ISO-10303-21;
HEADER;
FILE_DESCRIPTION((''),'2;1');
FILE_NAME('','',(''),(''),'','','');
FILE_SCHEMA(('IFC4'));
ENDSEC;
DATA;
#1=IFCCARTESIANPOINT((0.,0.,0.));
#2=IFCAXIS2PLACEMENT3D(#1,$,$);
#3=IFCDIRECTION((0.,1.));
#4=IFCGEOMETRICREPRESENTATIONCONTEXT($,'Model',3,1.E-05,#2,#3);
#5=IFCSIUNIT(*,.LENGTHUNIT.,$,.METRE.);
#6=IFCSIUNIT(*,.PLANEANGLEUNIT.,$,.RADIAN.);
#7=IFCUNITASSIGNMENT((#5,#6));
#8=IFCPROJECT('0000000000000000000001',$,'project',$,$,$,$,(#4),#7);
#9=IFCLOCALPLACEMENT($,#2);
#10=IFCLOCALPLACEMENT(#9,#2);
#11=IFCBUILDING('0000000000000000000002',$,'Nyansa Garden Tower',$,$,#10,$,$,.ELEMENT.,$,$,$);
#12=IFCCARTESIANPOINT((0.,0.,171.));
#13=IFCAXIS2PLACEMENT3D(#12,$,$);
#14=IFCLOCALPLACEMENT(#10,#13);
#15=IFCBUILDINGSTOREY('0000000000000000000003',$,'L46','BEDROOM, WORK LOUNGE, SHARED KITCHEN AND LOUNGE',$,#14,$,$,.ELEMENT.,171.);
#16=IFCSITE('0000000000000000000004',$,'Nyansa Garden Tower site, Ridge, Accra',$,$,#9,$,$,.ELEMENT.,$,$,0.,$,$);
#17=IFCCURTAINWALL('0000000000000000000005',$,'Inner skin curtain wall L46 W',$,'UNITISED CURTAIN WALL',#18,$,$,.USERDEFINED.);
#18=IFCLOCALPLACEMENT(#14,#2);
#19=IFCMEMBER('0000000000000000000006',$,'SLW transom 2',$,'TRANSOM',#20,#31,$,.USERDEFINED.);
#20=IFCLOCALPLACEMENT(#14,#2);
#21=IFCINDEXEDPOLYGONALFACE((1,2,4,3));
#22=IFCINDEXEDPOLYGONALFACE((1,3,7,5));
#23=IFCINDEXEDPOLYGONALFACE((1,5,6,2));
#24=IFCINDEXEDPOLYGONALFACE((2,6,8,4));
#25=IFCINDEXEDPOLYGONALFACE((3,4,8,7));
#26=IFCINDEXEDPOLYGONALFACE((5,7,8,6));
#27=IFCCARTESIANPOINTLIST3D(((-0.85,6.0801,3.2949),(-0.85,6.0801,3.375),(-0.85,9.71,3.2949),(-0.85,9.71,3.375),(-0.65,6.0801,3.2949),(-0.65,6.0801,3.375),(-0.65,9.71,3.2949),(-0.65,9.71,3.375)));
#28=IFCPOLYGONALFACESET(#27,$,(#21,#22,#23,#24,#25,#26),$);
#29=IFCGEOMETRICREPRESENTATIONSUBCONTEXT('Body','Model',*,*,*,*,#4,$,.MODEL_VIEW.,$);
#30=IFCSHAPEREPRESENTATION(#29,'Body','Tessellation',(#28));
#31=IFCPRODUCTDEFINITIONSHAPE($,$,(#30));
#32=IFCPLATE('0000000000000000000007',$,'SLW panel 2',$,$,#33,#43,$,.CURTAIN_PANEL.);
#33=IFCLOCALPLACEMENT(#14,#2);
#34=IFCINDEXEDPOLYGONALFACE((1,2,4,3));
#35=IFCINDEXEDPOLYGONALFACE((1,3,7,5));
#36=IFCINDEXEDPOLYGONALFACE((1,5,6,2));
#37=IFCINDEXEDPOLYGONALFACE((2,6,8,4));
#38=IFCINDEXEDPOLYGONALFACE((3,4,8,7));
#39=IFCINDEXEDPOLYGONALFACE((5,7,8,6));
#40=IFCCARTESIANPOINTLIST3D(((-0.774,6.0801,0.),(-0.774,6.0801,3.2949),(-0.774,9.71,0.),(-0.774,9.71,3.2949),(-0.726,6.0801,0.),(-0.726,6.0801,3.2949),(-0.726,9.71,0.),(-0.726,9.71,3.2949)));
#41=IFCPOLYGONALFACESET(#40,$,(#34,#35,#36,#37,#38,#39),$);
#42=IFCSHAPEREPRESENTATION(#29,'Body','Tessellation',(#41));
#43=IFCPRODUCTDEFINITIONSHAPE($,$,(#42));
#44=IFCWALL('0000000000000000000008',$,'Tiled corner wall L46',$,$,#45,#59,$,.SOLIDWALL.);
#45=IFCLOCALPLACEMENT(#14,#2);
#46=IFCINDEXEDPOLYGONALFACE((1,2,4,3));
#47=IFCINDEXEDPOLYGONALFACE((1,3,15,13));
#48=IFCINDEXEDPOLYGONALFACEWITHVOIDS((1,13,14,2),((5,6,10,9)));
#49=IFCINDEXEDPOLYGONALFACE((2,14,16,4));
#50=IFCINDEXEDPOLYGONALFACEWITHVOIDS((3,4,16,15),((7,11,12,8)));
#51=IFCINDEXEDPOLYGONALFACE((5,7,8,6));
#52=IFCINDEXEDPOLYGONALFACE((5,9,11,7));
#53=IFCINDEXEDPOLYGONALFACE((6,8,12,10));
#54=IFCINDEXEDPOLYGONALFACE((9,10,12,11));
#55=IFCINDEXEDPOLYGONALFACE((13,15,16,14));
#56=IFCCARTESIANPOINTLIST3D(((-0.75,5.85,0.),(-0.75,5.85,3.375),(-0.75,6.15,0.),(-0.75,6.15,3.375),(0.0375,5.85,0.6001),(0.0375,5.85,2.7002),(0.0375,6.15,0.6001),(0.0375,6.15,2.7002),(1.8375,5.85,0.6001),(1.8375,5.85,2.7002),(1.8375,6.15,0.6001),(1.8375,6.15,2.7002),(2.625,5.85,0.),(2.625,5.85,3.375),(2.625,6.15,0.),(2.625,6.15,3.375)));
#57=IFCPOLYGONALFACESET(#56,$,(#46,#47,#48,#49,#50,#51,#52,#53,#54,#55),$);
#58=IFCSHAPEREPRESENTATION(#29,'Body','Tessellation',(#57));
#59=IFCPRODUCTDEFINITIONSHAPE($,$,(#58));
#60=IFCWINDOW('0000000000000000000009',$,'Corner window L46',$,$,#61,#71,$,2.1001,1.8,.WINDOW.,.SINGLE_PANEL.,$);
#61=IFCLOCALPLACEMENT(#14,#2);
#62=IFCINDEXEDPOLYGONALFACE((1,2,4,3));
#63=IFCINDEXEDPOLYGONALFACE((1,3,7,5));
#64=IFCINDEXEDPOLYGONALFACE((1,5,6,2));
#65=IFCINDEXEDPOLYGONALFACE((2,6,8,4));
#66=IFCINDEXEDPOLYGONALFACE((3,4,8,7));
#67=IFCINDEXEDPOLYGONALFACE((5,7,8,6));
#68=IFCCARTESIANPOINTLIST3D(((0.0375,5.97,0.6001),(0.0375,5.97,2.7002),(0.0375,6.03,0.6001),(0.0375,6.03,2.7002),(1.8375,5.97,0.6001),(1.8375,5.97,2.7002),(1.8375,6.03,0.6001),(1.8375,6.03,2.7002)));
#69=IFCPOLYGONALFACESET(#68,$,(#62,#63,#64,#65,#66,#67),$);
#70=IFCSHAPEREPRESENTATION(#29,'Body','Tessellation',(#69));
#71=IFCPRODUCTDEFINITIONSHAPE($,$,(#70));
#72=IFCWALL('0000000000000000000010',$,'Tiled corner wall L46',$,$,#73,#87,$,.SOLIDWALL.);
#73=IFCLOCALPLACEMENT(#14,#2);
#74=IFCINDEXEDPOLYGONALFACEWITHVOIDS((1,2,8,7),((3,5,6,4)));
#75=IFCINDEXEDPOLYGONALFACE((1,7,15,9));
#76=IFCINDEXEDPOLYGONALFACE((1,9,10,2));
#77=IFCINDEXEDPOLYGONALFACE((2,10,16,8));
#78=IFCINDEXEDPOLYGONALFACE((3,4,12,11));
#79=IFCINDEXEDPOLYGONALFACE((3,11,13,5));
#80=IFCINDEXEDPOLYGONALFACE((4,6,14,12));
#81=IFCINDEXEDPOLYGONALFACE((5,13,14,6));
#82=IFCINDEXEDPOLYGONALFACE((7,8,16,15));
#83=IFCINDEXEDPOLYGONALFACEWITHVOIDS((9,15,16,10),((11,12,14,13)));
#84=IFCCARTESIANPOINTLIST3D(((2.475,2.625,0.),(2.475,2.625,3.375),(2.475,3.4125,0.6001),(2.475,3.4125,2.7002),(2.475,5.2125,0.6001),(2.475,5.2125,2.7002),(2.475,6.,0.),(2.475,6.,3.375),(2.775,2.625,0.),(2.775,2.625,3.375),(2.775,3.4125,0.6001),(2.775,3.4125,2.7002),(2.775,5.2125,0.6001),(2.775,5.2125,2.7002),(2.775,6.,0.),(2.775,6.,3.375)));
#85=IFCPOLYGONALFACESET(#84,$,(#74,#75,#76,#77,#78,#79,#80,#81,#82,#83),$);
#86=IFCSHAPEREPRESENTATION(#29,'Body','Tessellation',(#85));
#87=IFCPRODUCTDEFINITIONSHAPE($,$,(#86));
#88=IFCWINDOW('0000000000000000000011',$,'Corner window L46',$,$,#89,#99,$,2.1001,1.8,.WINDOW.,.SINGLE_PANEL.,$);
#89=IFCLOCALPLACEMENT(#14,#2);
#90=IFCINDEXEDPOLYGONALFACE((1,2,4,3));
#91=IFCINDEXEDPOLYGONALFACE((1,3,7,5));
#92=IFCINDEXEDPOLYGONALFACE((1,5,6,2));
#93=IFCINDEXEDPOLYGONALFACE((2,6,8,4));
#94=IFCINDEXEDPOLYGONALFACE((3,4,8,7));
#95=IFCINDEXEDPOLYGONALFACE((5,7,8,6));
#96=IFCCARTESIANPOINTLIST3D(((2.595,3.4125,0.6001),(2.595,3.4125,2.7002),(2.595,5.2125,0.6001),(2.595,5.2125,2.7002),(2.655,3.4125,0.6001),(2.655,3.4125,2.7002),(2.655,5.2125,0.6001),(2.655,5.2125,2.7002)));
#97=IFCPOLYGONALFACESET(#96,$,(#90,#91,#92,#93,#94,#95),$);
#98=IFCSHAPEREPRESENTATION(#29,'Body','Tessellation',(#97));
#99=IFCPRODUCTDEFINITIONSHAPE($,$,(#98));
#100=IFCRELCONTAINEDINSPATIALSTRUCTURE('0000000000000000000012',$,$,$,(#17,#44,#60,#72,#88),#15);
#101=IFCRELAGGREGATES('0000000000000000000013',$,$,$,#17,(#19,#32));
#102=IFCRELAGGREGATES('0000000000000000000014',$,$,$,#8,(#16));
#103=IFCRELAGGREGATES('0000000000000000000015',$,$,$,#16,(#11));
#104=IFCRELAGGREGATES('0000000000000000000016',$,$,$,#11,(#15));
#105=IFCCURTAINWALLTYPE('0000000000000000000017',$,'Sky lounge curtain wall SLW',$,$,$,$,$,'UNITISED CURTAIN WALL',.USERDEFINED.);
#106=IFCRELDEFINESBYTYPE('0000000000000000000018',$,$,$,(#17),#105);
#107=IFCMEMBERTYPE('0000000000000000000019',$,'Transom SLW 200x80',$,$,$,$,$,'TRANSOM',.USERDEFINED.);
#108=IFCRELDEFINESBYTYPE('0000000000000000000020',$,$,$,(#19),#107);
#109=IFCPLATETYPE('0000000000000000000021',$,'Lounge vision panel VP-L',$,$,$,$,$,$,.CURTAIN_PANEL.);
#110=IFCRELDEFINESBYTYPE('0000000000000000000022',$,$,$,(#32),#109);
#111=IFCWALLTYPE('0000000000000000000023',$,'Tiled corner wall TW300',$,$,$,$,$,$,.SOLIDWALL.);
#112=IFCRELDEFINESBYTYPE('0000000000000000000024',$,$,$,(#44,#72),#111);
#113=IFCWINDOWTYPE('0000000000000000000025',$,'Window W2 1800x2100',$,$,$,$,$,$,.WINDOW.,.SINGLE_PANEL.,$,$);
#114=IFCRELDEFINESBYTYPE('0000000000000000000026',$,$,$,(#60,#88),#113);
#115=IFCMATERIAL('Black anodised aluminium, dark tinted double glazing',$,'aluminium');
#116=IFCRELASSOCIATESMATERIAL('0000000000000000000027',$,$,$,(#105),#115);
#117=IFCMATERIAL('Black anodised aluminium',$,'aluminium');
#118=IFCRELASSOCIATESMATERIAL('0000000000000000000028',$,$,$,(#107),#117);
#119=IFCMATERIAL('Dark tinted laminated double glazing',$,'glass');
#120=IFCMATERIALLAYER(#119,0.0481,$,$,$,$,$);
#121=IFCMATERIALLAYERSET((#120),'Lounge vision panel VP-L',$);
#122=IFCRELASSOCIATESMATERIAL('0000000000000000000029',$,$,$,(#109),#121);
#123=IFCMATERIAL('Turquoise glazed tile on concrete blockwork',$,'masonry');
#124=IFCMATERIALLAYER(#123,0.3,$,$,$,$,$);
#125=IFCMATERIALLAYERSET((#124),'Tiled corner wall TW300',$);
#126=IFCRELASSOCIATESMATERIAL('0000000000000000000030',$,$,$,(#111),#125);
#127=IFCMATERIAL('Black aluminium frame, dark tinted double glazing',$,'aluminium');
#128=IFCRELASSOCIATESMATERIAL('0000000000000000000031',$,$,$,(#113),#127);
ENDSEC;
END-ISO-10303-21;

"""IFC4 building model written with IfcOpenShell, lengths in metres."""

from ifc_helpers import new_model, si_unit, direction, frame, frame_2d, origin, origin_2d, place, context, subcontext, project, spatial, rectangle, extrude, material, layer, layer_set, material_profile, profile_set, type_object, element, fill, aggregate, save


model = new_model("IFC4")

# Units and contexts
model_context = context("Model", 3, precision=1e-05, world=origin(), true_north=direction((0.0, 1.0)))
body_context = subcontext(model_context, "Body", "Model", "MODEL_VIEW")
ifc_project = project(units=[si_unit("LENGTHUNIT", "METRE"), si_unit("PLANEANGLEUNIT", "RADIAN")], contexts=[model_context])

# Site, building, storey
site_placement = place(None, origin())
site = spatial("IfcSite", under=ifc_project, at=site_placement, Name="Nyansa Garden Tower site, Ridge, Accra", CompositionType="ELEMENT", RefElevation=0.0)
building_placement = place(site_placement, origin())
building = spatial("IfcBuilding", under=site, at=building_placement, Name="Nyansa Garden Tower", CompositionType="ELEMENT")
storey_placement = place(building_placement, frame((0.0, 0.0, 171.0)))
storey = spatial("IfcBuildingStorey", under=building, at=storey_placement, Name="L46", Description="BEDROOM, WORK LOUNGE, SHARED KITCHEN AND LOUNGE", CompositionType="ELEMENT", Elevation=171.0)

# Curtain wall
ifc_material_1 = material(Name="Black anodised aluminium, dark tinted double glazing", Category="aluminium")
curtain_wall_type = type_object("IfcCurtainWallType", Name="Sky lounge curtain wall SLW", ElementType="UNITISED CURTAIN WALL", PredefinedType="USERDEFINED", material=ifc_material_1)
curtain_wall_placement = place(storey_placement, origin())
curtain_wall = element("IfcCurtainWall", 1, at=curtain_wall_placement, inside=storey, type_object=curtain_wall_type, Name="Inner skin curtain wall L46 W", ObjectType="UNITISED CURTAIN WALL", PredefinedType="USERDEFINED")

# Member
ifc_material_2 = material(Name="Black anodised aluminium", Category="aluminium")
ifc_material_profile_1 = material_profile(ifc_material_2, rectangle(XDim=0.2, YDim=0.0801, at=origin_2d()), Name="Transom 200x80")
ifc_profile_set_1 = profile_set([ifc_material_profile_1], Name="Black anodised aluminium")
member_type_1 = type_object("IfcMemberType", Name="Transom SLW 200x80", ElementType="TRANSOM", PredefinedType="USERDEFINED", material=ifc_profile_set_1)
member_1_placement = place(storey_placement, frame((-0.75, 9.71, 3.335), z_axis=(0.0, -1.0, 0.0), x_axis=(1.0, 0.0, 0.0)))
member_1 = element("IfcMember", 2, at=member_1_placement, type_object=member_type_1, Name="SLW transom 2", ObjectType="TRANSOM", PredefinedType="USERDEFINED", context=body_context, shape_type="SweptSolid", body=[
    extrude(rectangle(XDim=0.2, YDim=0.0801, at=origin_2d()), origin(), (0.0, 0.0, 1.0), 3.6299),
])

# Plate
ifc_material_3 = material(Name="Dark tinted laminated double glazing", Category="glass")
ifc_layer_1 = layer(ifc_material_3, 0.0481)
ifc_layer_set_1 = layer_set([ifc_layer_1], Name="Lounge vision panel VP-L")
plate_type = type_object("IfcPlateType", Name="Lounge vision panel VP-L", PredefinedType="CURTAIN_PANEL", material=ifc_layer_set_1)
plate_placement = place(storey_placement, frame((-0.75, 7.895, 0.0), z_axis=(0.0, 0.0, 1.0), x_axis=(0.0, -1.0, 0.0)))
plate = element("IfcPlate", 3, at=plate_placement, type_object=plate_type, Name="SLW panel 2", PredefinedType="CURTAIN_PANEL", context=body_context, shape_type="SweptSolid", body=[
    extrude(rectangle(XDim=3.6299, YDim=0.0481, at=origin_2d()), origin(), (0.0, 0.0, 1.0), 3.2949),
])
aggregate(curtain_wall, [member_1, plate])

# Walls, openings, windows
ifc_material_4 = material(Name="Turquoise glazed tile on concrete blockwork", Category="masonry")
ifc_layer_2 = layer(ifc_material_4, 0.3)
ifc_layer_set_2 = layer_set([ifc_layer_2], Name="Tiled corner wall TW300")
wall_type = type_object("IfcWallType", Name="Tiled corner wall TW300", PredefinedType="SOLIDWALL", material=ifc_layer_set_2)
wall_1_placement = place(storey_placement, frame((-0.75, 6.0, 0.0), z_axis=(0.0, 0.0, 1.0), x_axis=(1.0, 0.0, 0.0)))
wall_1 = element("IfcWall", 4, at=wall_1_placement, inside=storey, type_object=wall_type, Name="Tiled corner wall L46", PredefinedType="SOLIDWALL", context=body_context, shape_type="SweptSolid", body=[
    extrude(rectangle(XDim=3.375, YDim=0.3, at=frame_2d((1.6875, 0.0))), origin(), (0.0, 0.0, 1.0), 3.375),
])
opening_1_placement = place(wall_1_placement, frame((0.7876, 0.0, 0.6001)))
opening_1 = element("IfcOpeningElement", 5, at=opening_1_placement, cuts=wall_1, PredefinedType="OPENING", context=body_context, shape_type="SweptSolid", body=[
    extrude(rectangle(XDim=1.8, YDim=2.1001, at=frame_2d((0.8999, 1.05))), frame((0.0, 0.1599, 0.0), z_axis=(0.0, -1.0, 0.0), x_axis=(1.0, 0.0, 0.0)), (0.0, 0.0, 1.0), 0.3201),
])
ifc_material_5 = material(Name="Black aluminium frame, dark tinted double glazing", Category="aluminium")
window_type = type_object("IfcWindowType", Name="Window W2 1800x2100", PartitioningType="SINGLE_PANEL", PredefinedType="WINDOW", material=ifc_material_5)
window_1_placement = place(opening_1_placement, origin())
window_1 = element("IfcWindow", 6, at=window_1_placement, inside=storey, type_object=window_type, Name="Corner window L46", OverallHeight=2.1001, OverallWidth=1.8, PartitioningType="SINGLE_PANEL", PredefinedType="WINDOW", context=body_context, shape_type="SweptSolid", body=[
    extrude(rectangle(XDim=1.8, YDim=2.1001, at=frame_2d((0.8999, 1.05))), frame((0.0, 0.03, 0.0), z_axis=(0.0, -1.0, 0.0), x_axis=(1.0, 0.0, 0.0)), (0.0, 0.0, 1.0), 0.0601),
])
fill(opening_1, window_1)
wall_2_placement = place(storey_placement, frame((2.625, 6.0, 0.0), z_axis=(0.0, 0.0, 1.0), x_axis=(0.0, -1.0, 0.0)))
wall_2 = element("IfcWall", 7, at=wall_2_placement, inside=storey, type_object=wall_type, Name="Tiled corner wall L46", PredefinedType="SOLIDWALL", context=body_context, shape_type="SweptSolid", body=[
    extrude(rectangle(XDim=3.375, YDim=0.3, at=frame_2d((1.6875, 0.0))), origin(), (0.0, 0.0, 1.0), 3.375),
])
opening_2_placement = place(wall_2_placement, frame((0.7876, 0.0, 0.6001)))
opening_2 = element("IfcOpeningElement", 8, at=opening_2_placement, cuts=wall_2, PredefinedType="OPENING", context=body_context, shape_type="SweptSolid", body=[
    extrude(rectangle(XDim=1.8, YDim=2.1001, at=frame_2d((0.8999, 1.05))), frame((0.0, 0.1599, 0.0), z_axis=(0.0, -1.0, 0.0), x_axis=(1.0, 0.0, 0.0)), (0.0, 0.0, 1.0), 0.3201),
])
window_2_placement = place(opening_2_placement, origin())
window_2 = element("IfcWindow", 9, at=window_2_placement, inside=storey, type_object=window_type, Name="Corner window L46", OverallHeight=2.1001, OverallWidth=1.8, PartitioningType="SINGLE_PANEL", PredefinedType="WINDOW", context=body_context, shape_type="SweptSolid", body=[
    extrude(rectangle(XDim=1.8, YDim=2.1001, at=frame_2d((0.8999, 1.05))), frame((0.0, 0.03, 0.0), z_axis=(0.0, -1.0, 0.0), x_axis=(1.0, 0.0, 0.0)), (0.0, 0.0, 1.0), 0.0601),
])
fill(opening_2, window_2)

save(model, "model.ifc")
